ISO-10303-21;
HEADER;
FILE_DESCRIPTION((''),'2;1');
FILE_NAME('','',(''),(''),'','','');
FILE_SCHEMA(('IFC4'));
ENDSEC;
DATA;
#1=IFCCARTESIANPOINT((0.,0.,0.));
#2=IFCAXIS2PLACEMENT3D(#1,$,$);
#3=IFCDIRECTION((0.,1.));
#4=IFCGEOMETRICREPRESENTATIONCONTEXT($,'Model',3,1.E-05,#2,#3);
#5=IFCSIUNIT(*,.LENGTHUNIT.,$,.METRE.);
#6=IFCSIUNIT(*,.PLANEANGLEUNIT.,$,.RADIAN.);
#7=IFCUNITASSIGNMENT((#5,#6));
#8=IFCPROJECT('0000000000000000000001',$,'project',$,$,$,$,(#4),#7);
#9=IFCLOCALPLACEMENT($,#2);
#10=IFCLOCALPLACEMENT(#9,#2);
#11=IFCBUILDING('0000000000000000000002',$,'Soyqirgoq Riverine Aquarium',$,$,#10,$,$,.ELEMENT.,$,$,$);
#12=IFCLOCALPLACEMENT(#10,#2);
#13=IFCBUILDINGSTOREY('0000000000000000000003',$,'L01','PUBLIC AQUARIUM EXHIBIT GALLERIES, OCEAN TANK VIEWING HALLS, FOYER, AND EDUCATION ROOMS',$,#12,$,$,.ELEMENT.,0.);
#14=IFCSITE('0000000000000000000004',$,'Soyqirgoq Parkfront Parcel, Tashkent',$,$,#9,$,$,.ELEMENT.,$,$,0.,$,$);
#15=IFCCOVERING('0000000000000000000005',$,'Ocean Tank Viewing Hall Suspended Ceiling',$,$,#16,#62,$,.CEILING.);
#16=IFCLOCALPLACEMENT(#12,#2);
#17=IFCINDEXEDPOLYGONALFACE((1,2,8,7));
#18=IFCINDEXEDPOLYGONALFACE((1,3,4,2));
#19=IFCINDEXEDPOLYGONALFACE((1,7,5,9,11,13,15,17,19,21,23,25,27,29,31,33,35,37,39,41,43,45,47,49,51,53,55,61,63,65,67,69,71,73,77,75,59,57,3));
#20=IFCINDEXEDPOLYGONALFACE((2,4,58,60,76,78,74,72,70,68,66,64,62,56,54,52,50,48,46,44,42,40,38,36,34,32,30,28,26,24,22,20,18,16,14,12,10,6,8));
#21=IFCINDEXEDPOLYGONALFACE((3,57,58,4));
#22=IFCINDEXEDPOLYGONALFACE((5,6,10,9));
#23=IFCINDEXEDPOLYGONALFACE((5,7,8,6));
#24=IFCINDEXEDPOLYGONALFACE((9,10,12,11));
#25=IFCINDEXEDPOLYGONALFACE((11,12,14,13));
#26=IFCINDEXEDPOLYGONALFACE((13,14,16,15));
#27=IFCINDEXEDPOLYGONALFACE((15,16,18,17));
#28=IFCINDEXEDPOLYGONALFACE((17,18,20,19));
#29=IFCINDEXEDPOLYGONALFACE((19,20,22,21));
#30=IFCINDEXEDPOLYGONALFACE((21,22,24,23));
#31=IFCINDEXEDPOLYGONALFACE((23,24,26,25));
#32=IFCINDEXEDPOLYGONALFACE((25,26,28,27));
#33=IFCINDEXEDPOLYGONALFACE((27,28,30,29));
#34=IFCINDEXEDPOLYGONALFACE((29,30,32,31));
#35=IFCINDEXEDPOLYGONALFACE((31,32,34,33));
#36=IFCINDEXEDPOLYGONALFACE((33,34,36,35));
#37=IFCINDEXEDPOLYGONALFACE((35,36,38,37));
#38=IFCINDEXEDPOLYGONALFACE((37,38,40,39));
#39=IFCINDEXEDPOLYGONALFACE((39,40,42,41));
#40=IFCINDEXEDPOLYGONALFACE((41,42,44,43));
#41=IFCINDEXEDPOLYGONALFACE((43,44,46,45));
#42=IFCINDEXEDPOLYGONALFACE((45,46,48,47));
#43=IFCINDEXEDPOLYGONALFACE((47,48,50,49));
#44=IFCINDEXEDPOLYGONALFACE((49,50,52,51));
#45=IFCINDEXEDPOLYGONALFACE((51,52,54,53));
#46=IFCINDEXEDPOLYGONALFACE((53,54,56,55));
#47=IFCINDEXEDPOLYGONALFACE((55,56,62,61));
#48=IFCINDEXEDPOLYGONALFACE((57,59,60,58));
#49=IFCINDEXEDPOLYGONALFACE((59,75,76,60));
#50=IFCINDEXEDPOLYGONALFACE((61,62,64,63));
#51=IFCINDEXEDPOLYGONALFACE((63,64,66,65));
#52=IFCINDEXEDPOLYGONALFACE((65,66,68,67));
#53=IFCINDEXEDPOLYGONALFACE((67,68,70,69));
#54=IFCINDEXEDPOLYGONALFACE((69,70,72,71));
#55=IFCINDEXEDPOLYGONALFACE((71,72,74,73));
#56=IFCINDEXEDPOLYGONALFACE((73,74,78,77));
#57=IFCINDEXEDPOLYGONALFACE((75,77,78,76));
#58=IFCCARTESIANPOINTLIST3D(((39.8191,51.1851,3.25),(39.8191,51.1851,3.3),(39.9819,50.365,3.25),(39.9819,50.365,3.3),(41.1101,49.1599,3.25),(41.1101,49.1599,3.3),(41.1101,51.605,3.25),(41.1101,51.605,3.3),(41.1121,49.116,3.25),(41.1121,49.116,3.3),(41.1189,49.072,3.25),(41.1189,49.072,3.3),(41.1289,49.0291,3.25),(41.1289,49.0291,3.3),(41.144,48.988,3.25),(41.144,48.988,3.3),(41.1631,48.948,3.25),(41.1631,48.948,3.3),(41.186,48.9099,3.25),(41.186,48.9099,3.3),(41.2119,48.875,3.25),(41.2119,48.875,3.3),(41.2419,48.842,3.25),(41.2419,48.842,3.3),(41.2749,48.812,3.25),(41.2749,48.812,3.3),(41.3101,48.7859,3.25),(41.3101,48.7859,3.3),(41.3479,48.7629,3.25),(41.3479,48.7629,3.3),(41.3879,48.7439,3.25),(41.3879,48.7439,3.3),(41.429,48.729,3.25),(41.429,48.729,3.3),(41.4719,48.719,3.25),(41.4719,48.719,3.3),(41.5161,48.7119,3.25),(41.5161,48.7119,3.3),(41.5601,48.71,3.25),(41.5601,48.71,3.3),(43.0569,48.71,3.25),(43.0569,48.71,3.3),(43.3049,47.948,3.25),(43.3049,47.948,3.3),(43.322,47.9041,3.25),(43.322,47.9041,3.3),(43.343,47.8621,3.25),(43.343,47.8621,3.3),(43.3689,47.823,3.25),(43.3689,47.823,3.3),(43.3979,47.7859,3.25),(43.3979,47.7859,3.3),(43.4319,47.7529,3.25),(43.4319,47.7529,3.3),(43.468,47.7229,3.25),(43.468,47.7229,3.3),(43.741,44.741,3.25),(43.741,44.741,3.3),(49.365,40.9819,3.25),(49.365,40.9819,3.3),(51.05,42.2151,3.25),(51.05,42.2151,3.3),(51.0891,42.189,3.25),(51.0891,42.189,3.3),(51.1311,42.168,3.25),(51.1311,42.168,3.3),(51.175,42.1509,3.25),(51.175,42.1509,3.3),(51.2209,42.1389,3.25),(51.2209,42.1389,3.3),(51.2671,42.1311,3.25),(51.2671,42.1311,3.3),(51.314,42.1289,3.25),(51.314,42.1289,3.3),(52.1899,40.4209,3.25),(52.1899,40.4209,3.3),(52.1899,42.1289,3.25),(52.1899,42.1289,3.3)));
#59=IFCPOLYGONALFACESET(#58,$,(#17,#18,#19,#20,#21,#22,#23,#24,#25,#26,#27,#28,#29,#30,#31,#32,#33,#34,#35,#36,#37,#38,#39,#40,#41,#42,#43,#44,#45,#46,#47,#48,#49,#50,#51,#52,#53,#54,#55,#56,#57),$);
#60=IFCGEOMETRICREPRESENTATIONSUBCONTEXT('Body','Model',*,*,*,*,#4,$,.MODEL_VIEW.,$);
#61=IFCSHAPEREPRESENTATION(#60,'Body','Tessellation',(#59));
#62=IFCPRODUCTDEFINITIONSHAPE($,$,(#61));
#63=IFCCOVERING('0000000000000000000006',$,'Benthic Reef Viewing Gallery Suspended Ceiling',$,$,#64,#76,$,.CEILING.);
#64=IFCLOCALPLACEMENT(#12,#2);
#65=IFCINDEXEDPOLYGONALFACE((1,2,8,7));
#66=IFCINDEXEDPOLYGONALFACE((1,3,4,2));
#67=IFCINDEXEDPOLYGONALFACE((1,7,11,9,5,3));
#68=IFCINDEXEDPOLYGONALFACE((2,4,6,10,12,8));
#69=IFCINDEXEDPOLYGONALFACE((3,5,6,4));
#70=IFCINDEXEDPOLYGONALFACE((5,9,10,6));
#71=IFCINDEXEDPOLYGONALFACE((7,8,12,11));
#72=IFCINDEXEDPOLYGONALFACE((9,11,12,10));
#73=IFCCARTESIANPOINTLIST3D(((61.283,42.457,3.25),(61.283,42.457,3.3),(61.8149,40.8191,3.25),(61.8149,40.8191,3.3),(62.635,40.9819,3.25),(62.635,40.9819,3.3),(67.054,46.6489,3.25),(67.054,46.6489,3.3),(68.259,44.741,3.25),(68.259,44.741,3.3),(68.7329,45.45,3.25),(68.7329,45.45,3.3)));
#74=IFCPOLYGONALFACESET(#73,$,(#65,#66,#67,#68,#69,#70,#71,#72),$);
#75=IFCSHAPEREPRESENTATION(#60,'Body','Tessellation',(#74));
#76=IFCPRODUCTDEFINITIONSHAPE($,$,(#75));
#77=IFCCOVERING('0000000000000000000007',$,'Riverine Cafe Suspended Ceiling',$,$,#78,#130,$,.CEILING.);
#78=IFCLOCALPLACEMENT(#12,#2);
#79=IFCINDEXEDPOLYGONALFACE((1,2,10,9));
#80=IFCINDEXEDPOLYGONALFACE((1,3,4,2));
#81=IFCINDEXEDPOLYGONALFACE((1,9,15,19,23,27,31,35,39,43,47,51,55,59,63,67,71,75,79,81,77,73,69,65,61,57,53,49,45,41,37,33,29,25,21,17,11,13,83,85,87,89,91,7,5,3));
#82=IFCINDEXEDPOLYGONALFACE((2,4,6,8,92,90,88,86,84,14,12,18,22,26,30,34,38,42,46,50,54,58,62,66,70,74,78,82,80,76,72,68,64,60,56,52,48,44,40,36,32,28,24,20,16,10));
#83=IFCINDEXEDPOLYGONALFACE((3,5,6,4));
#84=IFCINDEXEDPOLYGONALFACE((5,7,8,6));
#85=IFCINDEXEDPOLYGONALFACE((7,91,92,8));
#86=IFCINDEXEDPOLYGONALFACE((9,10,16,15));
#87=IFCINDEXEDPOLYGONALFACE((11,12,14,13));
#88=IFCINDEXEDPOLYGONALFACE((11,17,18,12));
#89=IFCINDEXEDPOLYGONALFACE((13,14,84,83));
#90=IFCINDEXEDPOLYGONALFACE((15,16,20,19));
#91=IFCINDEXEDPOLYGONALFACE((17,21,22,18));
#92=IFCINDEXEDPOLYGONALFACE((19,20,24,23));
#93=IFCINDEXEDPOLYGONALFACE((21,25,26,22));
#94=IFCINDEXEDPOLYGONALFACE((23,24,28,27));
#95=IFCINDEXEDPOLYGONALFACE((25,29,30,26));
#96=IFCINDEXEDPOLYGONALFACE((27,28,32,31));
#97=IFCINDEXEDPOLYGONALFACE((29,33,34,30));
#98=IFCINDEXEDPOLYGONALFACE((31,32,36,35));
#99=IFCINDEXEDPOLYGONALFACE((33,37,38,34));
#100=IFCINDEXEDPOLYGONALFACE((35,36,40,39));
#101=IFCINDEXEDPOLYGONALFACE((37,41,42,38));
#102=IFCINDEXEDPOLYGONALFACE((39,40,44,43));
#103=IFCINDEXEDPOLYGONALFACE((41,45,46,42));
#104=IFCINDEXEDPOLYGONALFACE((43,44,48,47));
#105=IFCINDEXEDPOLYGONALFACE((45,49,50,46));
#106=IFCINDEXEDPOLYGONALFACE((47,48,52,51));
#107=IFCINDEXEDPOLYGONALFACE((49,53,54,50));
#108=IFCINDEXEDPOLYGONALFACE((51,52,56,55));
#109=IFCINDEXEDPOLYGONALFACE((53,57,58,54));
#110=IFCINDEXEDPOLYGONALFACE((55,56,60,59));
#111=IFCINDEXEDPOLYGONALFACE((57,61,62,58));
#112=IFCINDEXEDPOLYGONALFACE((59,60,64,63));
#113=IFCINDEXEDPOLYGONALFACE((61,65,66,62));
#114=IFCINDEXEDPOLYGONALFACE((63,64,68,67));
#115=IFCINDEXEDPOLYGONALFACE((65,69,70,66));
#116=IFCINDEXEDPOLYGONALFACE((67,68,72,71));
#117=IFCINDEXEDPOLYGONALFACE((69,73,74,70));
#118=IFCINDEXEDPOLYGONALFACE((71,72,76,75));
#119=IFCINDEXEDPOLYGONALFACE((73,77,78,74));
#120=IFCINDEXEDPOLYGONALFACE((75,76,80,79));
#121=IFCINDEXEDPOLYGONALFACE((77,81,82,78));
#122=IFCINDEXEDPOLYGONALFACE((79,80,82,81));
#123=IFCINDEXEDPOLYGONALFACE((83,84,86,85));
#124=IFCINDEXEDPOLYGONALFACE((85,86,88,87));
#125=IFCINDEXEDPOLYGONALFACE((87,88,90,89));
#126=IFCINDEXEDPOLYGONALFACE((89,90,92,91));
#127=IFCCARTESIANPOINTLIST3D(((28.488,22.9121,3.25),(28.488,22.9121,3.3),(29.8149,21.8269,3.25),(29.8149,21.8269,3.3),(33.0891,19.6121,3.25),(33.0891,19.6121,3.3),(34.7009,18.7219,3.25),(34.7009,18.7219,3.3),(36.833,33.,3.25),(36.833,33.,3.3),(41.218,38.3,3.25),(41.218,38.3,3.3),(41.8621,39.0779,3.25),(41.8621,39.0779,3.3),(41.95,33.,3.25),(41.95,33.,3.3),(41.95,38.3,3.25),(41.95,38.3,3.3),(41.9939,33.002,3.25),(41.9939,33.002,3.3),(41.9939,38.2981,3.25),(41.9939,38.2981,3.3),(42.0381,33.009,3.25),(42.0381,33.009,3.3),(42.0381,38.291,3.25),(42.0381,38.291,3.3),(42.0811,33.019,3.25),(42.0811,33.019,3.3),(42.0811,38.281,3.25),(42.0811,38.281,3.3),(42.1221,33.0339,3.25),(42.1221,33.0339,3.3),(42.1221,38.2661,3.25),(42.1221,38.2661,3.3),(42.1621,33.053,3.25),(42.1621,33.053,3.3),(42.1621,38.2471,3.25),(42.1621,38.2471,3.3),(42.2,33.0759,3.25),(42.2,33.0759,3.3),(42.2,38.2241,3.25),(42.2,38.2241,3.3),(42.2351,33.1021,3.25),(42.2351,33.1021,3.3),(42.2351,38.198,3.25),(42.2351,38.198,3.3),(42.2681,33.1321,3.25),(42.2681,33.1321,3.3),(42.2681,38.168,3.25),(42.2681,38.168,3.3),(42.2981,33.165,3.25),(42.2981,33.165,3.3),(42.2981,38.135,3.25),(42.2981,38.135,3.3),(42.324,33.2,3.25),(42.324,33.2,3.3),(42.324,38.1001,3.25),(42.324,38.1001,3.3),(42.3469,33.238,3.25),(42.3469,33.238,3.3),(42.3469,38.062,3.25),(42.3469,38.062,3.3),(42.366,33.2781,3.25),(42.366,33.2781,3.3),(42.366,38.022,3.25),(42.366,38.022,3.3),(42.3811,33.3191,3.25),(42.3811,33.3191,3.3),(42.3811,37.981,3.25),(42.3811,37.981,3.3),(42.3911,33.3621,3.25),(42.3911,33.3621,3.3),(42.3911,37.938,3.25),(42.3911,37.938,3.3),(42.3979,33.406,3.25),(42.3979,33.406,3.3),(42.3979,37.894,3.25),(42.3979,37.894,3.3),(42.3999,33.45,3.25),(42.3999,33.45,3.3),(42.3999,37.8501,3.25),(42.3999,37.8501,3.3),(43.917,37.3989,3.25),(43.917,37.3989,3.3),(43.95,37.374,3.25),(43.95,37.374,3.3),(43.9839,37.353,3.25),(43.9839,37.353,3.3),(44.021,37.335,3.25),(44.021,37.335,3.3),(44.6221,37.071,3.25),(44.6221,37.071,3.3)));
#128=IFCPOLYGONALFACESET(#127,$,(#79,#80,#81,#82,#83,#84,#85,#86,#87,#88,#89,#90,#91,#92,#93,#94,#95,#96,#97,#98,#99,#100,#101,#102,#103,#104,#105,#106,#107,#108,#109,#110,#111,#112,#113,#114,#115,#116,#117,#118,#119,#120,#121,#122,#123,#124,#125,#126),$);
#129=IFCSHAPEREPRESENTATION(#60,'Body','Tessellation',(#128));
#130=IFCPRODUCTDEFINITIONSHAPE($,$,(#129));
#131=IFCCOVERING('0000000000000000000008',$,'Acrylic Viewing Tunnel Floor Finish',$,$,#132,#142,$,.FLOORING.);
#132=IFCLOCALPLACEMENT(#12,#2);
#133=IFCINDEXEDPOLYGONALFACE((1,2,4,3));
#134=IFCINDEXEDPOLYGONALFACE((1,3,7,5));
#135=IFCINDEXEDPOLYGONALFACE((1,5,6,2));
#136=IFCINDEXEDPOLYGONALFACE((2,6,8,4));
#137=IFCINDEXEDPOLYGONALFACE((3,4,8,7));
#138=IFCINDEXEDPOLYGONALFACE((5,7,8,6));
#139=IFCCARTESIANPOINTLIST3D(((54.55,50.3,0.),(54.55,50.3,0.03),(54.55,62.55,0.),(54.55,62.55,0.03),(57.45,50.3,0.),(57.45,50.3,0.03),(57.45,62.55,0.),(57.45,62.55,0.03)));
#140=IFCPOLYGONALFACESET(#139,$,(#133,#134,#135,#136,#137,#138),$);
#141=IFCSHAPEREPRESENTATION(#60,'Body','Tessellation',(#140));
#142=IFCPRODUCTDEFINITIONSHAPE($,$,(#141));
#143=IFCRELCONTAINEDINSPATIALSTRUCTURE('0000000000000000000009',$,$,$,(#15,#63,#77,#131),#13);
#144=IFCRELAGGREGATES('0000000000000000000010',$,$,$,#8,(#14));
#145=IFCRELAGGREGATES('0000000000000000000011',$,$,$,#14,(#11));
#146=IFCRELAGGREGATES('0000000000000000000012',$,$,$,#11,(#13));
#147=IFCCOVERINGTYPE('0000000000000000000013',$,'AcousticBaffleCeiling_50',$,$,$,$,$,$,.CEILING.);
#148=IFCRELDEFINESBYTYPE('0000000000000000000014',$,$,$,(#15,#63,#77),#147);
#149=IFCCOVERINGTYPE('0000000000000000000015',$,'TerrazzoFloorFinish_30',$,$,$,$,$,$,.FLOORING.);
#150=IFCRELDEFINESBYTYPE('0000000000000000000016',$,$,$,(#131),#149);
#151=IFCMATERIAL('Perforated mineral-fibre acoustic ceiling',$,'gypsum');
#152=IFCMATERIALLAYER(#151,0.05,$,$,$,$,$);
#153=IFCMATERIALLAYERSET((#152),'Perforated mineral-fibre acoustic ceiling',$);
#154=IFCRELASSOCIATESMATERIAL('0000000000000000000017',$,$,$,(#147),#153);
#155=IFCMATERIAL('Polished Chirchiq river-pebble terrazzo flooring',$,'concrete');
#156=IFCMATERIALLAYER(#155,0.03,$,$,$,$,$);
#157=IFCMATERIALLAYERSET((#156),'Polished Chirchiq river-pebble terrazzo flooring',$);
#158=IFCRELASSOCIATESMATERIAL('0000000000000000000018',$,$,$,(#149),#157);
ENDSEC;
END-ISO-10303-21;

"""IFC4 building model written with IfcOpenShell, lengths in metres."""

from ifc_helpers import new_model, si_unit, direction, frame, origin, place, context, subcontext, project, spatial, polyline, outline, extrude, material, layer, layer_set, type_object, element, save


model = new_model("IFC4")

# Units and contexts
model_context = context("Model", 3, precision=1e-05, world=origin(), true_north=direction((0.0, 1.0)))
body_context = subcontext(model_context, "Body", "Model", "MODEL_VIEW")
ifc_project = project(units=[si_unit("LENGTHUNIT", "METRE"), si_unit("PLANEANGLEUNIT", "RADIAN")], contexts=[model_context])

# Site, building, storey
site_placement = place(None, origin())
site = spatial("IfcSite", under=ifc_project, at=site_placement, Name="Soyqirgoq Parkfront Parcel, Tashkent", CompositionType="ELEMENT", RefElevation=0.0)
building_placement = place(site_placement, origin())
building = spatial("IfcBuilding", under=site, at=building_placement, Name="Soyqirgoq Riverine Aquarium", CompositionType="ELEMENT")
storey_placement = place(building_placement, origin())
storey = spatial("IfcBuildingStorey", under=building, at=storey_placement, Name="L01", Description="PUBLIC AQUARIUM EXHIBIT GALLERIES, OCEAN TANK VIEWING HALLS, FOYER, AND EDUCATION ROOMS", CompositionType="ELEMENT", Elevation=0.0)

# Coverings
ifc_material_1 = material(Name="Perforated mineral-fibre acoustic ceiling", Category="gypsum")
ifc_layer_1 = layer(ifc_material_1, 0.05)
ifc_layer_set_1 = layer_set([ifc_layer_1], Name="Perforated mineral-fibre acoustic ceiling")
covering_type_1 = type_object("IfcCoveringType", Name="AcousticBaffleCeiling_50", PredefinedType="CEILING", material=ifc_layer_set_1)
covering_1_placement = place(storey_placement, frame((0.0, 0.0, 3.25)))
element("IfcCovering", 1, at=covering_1_placement, inside=storey, type_object=covering_type_1, Name="Ocean Tank Viewing Hall Suspended Ceiling", PredefinedType="CEILING", context=body_context, shape_type="SweptSolid", body=[
    extrude(outline(polyline([(52.1899, 40.4209), (49.365, 40.9819), (43.741, 44.741), (39.9819, 50.365), (39.8191, 51.1851), (41.1101, 51.605), (41.1101, 49.1599), (41.1121, 49.116), (41.1189, 49.072), (41.1289, 49.0291), (41.144, 48.988), (41.1631, 48.948), (41.186, 48.9099), (41.2119, 48.875), (41.2419, 48.842), (41.2749, 48.812), (41.3101, 48.7859), (41.3479, 48.7629), (41.3879, 48.7439), (41.429, 48.729), (41.4719, 48.719), (41.5161, 48.7119), (41.5601, 48.71), (43.0569, 48.71), (43.3049, 47.948), (43.322, 47.9041), (43.343, 47.8621), (43.3689, 47.823), (43.3979, 47.7859), (43.4319, 47.7529), (43.468, 47.7229), (51.05, 42.2151), (51.0891, 42.189), (51.1311, 42.168), (51.175, 42.1509), (51.2209, 42.1389), (51.2671, 42.1311), (51.314, 42.1289), (52.1899, 42.1289), (52.1899, 40.4209)])), origin(), (0.0, 0.0, 1.0), 0.05),
])
covering_2_placement = place(storey_placement, frame((0.0, 0.0, 3.25)))
element("IfcCovering", 2, at=covering_2_placement, inside=storey, type_object=covering_type_1, Name="Benthic Reef Viewing Gallery Suspended Ceiling", PredefinedType="CEILING", context=body_context, shape_type="SweptSolid", body=[
    extrude(outline(polyline([(68.259, 44.741), (62.635, 40.9819), (61.8149, 40.8191), (61.283, 42.457), (67.054, 46.6489), (68.7329, 45.45), (68.259, 44.741)])), origin(), (0.0, 0.0, 1.0), 0.05),
])
covering_3_placement = place(storey_placement, frame((0.0, 0.0, 3.25)))
element("IfcCovering", 3, at=covering_3_placement, inside=storey, type_object=covering_type_1, Name="Riverine Cafe Suspended Ceiling", PredefinedType="CEILING", context=body_context, shape_type="SweptSolid", body=[
    extrude(outline(polyline([(33.0891, 19.6121), (29.8149, 21.8269), (28.488, 22.9121), (36.833, 33.0), (41.95, 33.0), (41.9939, 33.002), (42.0381, 33.009), (42.0811, 33.019), (42.1221, 33.0339), (42.1621, 33.053), (42.2, 33.0759), (42.2351, 33.1021), (42.2681, 33.1321), (42.2981, 33.165), (42.324, 33.2), (42.3469, 33.238), (42.366, 33.2781), (42.3811, 33.3191), (42.3911, 33.3621), (42.3979, 33.406), (42.3999, 33.45), (42.3999, 37.8501), (42.3979, 37.894), (42.3911, 37.938), (42.3811, 37.981), (42.366, 38.022), (42.3469, 38.062), (42.324, 38.1001), (42.2981, 38.135), (42.2681, 38.168), (42.2351, 38.198), (42.2, 38.2241), (42.1621, 38.2471), (42.1221, 38.2661), (42.0811, 38.281), (42.0381, 38.291), (41.9939, 38.2981), (41.95, 38.3), (41.218, 38.3), (41.8621, 39.0779), (43.917, 37.3989), (43.95, 37.374), (43.9839, 37.353), (44.021, 37.335), (44.6221, 37.071), (34.7009, 18.7219), (33.0891, 19.6121)])), origin(), (0.0, 0.0, 1.0), 0.05),
])
ifc_material_2 = material(Name="Polished Chirchiq river-pebble terrazzo flooring", Category="concrete")
ifc_layer_2 = layer(ifc_material_2, 0.03)
ifc_layer_set_2 = layer_set([ifc_layer_2], Name="Polished Chirchiq river-pebble terrazzo flooring")
covering_type_2 = type_object("IfcCoveringType", Name="TerrazzoFloorFinish_30", PredefinedType="FLOORING", material=ifc_layer_set_2)
covering_4_placement = place(storey_placement, origin())
element("IfcCovering", 4, at=covering_4_placement, inside=storey, type_object=covering_type_2, Name="Acrylic Viewing Tunnel Floor Finish", PredefinedType="FLOORING", context=body_context, shape_type="SweptSolid", body=[
    extrude(outline(polyline([(54.55, 50.3), (54.55, 62.55), (57.45, 62.55), (57.45, 50.3), (54.55, 50.3)])), origin(), (0.0, 0.0, 1.0), 0.03),
])

save(model, "model.ifc")
